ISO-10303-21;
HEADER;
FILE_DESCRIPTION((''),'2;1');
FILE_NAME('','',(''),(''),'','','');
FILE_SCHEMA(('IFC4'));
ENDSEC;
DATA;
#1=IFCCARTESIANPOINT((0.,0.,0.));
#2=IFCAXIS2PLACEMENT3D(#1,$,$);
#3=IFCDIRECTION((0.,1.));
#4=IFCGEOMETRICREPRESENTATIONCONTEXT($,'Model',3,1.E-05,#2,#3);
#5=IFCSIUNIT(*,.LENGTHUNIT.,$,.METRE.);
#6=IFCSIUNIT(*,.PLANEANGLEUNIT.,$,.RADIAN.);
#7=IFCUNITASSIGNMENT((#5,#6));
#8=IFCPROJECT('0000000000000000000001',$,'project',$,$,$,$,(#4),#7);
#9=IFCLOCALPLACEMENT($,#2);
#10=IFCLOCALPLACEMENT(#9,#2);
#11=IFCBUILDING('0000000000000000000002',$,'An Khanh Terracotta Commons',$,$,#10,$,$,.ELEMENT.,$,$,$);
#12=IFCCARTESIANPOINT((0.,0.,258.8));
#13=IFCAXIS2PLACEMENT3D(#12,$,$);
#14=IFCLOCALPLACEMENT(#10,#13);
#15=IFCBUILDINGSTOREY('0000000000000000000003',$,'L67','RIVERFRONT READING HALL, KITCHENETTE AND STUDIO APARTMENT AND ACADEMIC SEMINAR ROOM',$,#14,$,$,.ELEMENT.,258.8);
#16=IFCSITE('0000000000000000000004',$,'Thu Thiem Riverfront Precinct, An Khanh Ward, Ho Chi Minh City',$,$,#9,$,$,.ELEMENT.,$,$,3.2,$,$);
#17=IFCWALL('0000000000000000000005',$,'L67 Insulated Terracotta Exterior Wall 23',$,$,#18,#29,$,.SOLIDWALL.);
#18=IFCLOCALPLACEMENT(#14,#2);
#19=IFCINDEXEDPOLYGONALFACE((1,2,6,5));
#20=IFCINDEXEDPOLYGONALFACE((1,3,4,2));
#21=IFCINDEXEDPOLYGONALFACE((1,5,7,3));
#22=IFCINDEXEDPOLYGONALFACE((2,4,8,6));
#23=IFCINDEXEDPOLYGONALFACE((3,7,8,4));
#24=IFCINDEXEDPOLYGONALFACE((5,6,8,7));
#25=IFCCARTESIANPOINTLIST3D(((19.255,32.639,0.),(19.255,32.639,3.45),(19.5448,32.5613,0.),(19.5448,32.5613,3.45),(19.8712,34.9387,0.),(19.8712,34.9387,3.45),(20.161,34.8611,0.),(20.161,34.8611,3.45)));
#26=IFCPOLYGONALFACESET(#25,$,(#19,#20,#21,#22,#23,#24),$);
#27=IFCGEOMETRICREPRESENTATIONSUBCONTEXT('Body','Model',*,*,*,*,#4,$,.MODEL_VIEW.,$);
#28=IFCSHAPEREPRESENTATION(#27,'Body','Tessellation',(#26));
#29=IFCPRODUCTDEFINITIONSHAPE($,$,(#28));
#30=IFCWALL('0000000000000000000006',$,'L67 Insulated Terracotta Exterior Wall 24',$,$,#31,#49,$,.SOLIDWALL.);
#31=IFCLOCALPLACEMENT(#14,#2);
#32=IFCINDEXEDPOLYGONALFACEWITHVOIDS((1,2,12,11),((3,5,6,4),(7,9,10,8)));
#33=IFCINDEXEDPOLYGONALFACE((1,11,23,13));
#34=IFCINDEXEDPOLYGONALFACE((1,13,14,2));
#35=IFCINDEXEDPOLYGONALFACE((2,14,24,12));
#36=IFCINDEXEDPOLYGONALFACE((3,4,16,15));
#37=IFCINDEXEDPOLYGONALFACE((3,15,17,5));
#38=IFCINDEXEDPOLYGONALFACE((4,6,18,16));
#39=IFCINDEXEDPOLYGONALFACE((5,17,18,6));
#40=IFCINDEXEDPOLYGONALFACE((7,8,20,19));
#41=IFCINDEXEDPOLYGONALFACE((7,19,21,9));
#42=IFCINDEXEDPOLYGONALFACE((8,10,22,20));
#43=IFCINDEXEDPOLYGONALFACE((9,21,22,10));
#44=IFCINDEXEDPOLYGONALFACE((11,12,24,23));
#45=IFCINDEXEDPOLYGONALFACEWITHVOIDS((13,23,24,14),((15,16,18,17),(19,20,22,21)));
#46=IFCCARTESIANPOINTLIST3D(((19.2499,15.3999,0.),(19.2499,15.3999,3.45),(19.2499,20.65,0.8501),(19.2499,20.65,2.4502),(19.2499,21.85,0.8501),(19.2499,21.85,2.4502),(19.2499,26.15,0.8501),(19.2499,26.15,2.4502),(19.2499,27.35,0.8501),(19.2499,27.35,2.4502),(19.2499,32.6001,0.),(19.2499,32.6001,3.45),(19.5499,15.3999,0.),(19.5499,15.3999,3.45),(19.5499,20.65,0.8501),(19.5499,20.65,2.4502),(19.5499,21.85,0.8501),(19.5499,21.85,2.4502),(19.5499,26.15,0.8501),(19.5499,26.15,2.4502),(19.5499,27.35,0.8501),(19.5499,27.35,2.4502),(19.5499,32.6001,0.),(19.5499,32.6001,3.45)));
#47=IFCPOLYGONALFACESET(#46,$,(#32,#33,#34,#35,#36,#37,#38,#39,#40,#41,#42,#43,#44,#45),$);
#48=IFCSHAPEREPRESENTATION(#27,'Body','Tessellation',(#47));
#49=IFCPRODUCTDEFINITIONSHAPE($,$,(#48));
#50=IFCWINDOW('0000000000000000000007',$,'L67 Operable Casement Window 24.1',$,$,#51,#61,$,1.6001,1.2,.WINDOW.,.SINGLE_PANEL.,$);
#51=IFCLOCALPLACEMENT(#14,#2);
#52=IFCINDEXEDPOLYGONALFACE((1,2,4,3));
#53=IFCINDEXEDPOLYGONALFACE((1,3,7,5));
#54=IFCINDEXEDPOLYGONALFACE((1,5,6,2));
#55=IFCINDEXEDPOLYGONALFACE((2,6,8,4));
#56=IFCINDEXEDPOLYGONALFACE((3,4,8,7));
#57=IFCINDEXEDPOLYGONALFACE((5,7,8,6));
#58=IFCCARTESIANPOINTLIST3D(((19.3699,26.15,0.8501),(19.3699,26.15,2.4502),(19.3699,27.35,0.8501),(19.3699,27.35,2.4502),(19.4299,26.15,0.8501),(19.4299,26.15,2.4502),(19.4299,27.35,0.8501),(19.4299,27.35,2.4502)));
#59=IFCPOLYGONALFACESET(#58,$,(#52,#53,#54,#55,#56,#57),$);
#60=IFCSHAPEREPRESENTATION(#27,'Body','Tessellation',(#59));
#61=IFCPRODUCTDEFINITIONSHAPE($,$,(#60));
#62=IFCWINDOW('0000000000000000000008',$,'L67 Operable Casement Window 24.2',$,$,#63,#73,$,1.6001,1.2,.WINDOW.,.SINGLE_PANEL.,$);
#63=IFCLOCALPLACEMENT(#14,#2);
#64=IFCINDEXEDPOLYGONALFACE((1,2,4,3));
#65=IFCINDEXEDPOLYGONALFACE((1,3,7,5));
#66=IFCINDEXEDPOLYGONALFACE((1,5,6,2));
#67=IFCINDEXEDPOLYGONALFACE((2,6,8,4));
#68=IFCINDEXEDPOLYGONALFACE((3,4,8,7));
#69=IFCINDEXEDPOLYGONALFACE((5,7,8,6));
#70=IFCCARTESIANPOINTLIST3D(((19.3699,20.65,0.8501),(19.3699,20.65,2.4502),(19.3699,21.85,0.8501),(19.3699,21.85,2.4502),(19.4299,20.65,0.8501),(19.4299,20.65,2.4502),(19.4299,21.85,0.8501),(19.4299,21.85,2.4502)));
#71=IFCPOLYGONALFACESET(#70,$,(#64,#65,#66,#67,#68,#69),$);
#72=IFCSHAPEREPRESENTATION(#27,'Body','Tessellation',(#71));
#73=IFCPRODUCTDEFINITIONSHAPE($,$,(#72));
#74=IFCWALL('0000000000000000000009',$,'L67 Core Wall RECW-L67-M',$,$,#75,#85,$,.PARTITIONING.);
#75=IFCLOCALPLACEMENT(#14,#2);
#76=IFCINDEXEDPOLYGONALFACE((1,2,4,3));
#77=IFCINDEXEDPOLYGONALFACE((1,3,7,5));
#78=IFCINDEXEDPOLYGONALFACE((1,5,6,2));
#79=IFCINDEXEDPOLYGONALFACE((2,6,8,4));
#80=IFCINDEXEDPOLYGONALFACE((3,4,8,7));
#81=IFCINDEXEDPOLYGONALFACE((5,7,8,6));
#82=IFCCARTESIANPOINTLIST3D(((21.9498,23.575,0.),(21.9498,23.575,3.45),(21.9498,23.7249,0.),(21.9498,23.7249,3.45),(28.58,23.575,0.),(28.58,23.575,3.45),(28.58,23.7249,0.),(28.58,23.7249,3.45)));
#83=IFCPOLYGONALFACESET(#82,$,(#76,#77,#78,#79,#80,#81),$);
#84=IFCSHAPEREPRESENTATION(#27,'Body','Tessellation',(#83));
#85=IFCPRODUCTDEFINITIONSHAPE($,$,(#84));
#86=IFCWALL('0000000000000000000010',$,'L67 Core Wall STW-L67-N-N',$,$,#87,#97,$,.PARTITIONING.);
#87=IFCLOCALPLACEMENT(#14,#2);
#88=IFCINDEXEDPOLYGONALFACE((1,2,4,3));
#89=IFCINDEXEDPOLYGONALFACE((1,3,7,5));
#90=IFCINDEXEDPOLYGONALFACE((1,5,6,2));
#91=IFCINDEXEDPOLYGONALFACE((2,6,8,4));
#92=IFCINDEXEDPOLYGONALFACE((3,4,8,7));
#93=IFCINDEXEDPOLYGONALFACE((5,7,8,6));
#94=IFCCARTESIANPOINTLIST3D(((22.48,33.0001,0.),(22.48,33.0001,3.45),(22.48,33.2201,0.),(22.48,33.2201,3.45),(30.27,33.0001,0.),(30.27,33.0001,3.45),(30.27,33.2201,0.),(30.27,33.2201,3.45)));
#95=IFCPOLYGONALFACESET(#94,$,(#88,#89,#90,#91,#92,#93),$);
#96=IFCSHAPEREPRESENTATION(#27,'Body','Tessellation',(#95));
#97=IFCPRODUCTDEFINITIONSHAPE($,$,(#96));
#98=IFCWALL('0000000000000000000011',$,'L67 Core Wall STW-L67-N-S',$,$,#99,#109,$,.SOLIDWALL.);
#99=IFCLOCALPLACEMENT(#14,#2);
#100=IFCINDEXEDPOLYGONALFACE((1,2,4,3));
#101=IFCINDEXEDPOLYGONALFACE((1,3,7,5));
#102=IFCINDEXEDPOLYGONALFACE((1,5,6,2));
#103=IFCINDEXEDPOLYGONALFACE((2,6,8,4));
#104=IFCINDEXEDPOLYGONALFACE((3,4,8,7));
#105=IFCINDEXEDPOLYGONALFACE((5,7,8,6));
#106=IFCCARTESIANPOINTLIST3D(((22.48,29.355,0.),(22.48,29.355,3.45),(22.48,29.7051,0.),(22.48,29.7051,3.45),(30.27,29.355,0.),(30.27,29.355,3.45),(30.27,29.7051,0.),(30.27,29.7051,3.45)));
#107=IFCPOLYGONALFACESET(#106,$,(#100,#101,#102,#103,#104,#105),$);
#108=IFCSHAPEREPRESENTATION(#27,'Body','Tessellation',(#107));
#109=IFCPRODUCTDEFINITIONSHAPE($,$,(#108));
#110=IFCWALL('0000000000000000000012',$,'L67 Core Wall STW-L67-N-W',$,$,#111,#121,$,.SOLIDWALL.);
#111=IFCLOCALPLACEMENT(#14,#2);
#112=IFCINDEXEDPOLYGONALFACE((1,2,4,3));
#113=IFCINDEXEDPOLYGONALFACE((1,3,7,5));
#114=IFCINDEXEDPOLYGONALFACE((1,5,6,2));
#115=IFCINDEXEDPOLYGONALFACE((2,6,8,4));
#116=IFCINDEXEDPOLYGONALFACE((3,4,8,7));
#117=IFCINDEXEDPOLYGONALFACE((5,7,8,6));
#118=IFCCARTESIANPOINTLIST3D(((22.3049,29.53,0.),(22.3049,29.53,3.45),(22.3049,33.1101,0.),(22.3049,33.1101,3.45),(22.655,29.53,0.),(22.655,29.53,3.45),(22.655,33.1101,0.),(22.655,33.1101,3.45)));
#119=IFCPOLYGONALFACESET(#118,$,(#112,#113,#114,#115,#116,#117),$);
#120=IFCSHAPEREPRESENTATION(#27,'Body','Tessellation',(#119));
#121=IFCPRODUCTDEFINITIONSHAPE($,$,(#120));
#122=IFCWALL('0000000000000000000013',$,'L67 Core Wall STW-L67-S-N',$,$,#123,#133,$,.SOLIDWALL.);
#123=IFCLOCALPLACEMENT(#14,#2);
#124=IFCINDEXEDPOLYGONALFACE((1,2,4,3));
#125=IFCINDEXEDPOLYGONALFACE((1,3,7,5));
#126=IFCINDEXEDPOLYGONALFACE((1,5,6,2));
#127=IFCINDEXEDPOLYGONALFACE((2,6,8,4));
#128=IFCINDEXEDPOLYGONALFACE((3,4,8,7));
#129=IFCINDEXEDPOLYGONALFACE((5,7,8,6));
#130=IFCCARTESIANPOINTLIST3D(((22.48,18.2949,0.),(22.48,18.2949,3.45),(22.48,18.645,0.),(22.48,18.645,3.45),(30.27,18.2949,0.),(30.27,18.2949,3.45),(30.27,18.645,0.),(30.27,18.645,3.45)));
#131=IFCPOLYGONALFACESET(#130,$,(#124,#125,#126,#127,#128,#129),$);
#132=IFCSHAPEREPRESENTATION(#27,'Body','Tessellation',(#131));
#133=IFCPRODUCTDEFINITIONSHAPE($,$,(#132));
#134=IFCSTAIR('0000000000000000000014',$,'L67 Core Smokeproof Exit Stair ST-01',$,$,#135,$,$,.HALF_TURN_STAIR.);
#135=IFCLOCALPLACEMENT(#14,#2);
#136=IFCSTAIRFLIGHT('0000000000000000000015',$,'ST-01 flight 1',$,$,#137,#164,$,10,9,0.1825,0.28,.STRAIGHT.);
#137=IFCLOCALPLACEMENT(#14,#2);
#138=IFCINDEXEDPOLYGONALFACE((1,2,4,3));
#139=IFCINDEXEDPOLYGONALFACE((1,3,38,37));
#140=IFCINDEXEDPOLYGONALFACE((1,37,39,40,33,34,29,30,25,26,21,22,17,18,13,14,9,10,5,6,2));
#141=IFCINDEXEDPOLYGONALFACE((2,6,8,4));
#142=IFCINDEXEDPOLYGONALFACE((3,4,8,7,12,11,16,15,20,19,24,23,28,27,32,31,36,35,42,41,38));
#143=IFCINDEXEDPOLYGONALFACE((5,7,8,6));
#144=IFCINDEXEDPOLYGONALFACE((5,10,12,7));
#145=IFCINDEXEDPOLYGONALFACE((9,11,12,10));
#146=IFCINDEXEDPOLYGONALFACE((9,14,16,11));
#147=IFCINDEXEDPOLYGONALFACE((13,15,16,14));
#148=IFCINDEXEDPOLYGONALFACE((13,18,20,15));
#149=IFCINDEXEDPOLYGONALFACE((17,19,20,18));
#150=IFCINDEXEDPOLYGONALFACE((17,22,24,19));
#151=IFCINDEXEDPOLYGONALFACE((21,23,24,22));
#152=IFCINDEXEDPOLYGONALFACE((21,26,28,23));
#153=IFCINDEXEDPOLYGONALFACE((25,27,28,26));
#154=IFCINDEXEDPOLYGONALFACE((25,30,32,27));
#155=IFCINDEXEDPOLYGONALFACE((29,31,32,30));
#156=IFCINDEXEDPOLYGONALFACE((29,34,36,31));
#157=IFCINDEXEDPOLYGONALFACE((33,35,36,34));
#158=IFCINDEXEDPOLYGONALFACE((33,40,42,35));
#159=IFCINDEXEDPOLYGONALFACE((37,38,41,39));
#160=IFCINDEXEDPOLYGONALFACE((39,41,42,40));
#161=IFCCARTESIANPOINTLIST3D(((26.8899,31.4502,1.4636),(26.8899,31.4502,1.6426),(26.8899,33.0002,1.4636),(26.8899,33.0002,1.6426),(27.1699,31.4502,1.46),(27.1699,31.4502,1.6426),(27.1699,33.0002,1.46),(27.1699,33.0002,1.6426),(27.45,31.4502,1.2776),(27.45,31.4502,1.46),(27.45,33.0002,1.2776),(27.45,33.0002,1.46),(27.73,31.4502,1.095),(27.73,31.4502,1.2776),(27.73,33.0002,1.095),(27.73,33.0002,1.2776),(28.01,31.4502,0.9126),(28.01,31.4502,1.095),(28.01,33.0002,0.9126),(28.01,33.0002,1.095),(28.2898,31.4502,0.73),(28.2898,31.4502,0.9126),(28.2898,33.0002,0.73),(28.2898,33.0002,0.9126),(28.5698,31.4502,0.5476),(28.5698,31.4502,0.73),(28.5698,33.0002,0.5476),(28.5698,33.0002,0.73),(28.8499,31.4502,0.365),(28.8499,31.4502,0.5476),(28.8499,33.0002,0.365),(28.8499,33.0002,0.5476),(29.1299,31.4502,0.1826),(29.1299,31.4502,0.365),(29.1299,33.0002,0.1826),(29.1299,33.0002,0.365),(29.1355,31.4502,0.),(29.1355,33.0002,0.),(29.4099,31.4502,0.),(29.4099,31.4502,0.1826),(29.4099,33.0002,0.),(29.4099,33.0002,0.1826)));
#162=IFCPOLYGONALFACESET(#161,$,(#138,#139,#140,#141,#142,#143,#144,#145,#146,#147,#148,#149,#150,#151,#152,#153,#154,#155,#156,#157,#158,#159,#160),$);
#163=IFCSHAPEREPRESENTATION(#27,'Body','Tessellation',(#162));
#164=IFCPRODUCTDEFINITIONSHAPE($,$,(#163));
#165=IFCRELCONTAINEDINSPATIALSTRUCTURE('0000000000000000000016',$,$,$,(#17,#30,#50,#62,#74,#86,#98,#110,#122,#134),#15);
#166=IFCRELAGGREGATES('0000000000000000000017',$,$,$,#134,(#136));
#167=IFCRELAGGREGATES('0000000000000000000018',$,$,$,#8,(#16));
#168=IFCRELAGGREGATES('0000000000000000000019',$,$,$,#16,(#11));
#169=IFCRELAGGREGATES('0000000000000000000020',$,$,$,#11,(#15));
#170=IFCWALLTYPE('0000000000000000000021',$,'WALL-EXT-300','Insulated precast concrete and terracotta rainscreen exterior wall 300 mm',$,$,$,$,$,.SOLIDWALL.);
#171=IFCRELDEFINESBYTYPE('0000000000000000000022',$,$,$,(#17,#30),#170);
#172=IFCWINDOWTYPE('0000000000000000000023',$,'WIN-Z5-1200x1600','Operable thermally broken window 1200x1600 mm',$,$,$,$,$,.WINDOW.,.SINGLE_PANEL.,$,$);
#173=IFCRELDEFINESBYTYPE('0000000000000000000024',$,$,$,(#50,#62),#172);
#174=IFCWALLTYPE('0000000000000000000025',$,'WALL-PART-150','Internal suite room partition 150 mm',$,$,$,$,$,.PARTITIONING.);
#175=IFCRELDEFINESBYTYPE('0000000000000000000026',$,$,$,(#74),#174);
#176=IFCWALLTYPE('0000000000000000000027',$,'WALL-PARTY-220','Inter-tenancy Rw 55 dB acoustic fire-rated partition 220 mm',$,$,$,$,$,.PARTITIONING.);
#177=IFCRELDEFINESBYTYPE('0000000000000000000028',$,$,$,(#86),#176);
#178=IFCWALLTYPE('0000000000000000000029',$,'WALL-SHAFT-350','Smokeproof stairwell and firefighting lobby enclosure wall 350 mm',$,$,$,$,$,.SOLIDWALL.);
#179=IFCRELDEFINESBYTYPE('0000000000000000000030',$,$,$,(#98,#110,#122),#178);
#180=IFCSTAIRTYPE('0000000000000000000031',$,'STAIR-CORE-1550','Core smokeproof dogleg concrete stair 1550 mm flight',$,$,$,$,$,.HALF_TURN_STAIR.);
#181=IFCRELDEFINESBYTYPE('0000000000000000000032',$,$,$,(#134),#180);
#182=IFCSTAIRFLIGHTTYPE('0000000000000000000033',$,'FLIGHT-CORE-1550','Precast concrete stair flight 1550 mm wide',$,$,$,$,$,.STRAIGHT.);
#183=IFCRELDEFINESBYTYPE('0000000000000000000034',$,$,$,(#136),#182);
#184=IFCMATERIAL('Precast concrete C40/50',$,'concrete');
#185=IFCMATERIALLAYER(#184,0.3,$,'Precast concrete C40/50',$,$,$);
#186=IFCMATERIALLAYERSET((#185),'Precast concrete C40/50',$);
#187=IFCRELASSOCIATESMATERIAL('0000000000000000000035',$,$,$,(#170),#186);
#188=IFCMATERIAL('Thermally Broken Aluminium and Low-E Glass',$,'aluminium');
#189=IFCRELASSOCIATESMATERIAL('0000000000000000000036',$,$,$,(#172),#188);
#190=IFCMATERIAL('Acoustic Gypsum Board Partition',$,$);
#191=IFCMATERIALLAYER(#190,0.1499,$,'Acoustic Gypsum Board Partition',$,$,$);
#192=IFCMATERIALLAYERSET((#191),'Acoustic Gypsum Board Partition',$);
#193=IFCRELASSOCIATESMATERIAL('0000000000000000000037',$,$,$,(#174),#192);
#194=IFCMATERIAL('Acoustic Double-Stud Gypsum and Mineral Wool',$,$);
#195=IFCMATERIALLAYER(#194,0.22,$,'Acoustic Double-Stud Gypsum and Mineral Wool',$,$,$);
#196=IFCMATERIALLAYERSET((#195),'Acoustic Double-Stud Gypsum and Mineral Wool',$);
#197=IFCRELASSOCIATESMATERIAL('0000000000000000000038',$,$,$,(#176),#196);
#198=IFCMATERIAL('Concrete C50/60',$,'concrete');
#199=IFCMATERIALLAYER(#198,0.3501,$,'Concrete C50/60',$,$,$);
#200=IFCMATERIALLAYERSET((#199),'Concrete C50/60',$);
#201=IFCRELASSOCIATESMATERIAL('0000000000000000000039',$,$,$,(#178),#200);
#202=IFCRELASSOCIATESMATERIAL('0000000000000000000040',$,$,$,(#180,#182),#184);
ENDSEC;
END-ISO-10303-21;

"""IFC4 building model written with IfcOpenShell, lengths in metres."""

from ifc_helpers import new_model, si_unit, direction, frame, frame_2d, origin, place, context, subcontext, project, spatial, polyline, rectangle, outline, extrude, material, layer, layer_set, type_object, element, fill, aggregate, save


model = new_model("IFC4")

# Units and contexts
model_context = context("Model", 3, precision=1e-05, world=origin(), true_north=direction((0.0, 1.0)))
body_context = subcontext(model_context, "Body", "Model", "MODEL_VIEW")
ifc_project = project(units=[si_unit("LENGTHUNIT", "METRE"), si_unit("PLANEANGLEUNIT", "RADIAN")], contexts=[model_context])

# Site, building, storey
site_placement = place(None, origin())
site = spatial("IfcSite", under=ifc_project, at=site_placement, Name="Thu Thiem Riverfront Precinct, An Khanh Ward, Ho Chi Minh City", CompositionType="ELEMENT", RefElevation=3.2)
building_placement = place(site_placement, origin())
building = spatial("IfcBuilding", under=site, at=building_placement, Name="An Khanh Terracotta Commons", CompositionType="ELEMENT")
storey_placement = place(building_placement, frame((0.0, 0.0, 258.8)))
storey = spatial("IfcBuildingStorey", under=building, at=storey_placement, Name="L67", Description="RIVERFRONT READING HALL, KITCHENETTE AND STUDIO APARTMENT AND ACADEMIC SEMINAR ROOM", CompositionType="ELEMENT", Elevation=258.8)

# Shared definitions
ifc_material_1 = material(Name="Concrete C50/60", Category="concrete")

# Wall
ifc_material_2 = material(Name="Precast concrete C40/50", Category="concrete")
ifc_layer_1 = layer(ifc_material_2, 0.3, Name="Precast concrete C40/50")
ifc_layer_set_1 = layer_set([ifc_layer_1], Name="Precast concrete C40/50")
wall_type_1 = type_object("IfcWallType", Name="WALL-EXT-300", Description="Insulated precast concrete and terracotta rainscreen exterior wall 300 mm", PredefinedType="SOLIDWALL", material=ifc_layer_set_1)
wall_1_placement = place(storey_placement, frame((20.0161, 34.8999, 0.0), z_axis=(0.0, 0.0, 1.0), x_axis=(-0.258811, -0.965928, 0.0)))
element("IfcWall", 1, at=wall_1_placement, inside=storey, type_object=wall_type_1, Name="L67 Insulated Terracotta Exterior Wall 23", PredefinedType="SOLIDWALL", context=body_context, shape_type="SweptSolid", body=[
    extrude(rectangle(XDim=2.3809, YDim=0.3, at=frame_2d((1.1904, 0.0))), origin(), (0.0, 0.0, 1.0), 3.45),
])

# Wall, openings, windows
wall_2_placement = place(storey_placement, frame((19.3999, 32.6001, 0.0), z_axis=(0.0, 0.0, 1.0), x_axis=(0.0, -1.0, 0.0)))
wall_2 = element("IfcWall", 2, at=wall_2_placement, inside=storey, type_object=wall_type_1, Name="L67 Insulated Terracotta Exterior Wall 24", PredefinedType="SOLIDWALL", context=body_context, shape_type="SweptSolid", body=[
    extrude(rectangle(XDim=17.2002, YDim=0.3, at=frame_2d((8.6001, 0.0))), origin(), (0.0, 0.0, 1.0), 3.45),
])
opening_1_placement = place(wall_2_placement, frame((5.25, 0.0, 0.8501)))
opening_1 = element("IfcOpeningElement", 3, at=opening_1_placement, cuts=wall_2, PredefinedType="OPENING", context=body_context, shape_type="SweptSolid", body=[
    extrude(rectangle(XDim=1.2, YDim=1.6001, at=frame_2d((0.6001, 0.8))), frame((0.0, 0.1599, 0.0), z_axis=(0.0, -1.0, 0.0), x_axis=(1.0, 0.0, 0.0)), (0.0, 0.0, 1.0), 0.3201),
])
opening_2_placement = place(wall_2_placement, frame((10.75, 0.0, 0.8501)))
opening_2 = element("IfcOpeningElement", 4, at=opening_2_placement, cuts=wall_2, PredefinedType="OPENING", context=body_context, shape_type="SweptSolid", body=[
    extrude(rectangle(XDim=1.2, YDim=1.6001, at=frame_2d((0.6001, 0.8))), frame((0.0, 0.1599, 0.0), z_axis=(0.0, -1.0, 0.0), x_axis=(1.0, 0.0, 0.0)), (0.0, 0.0, 1.0), 0.3201),
])
ifc_material_3 = material(Name="Thermally Broken Aluminium and Low-E Glass", Category="aluminium")
window_type = type_object("IfcWindowType", Name="WIN-Z5-1200x1600", Description="Operable thermally broken window 1200x1600 mm", PartitioningType="SINGLE_PANEL", PredefinedType="WINDOW", material=ifc_material_3)
window_1_placement = place(opening_1_placement, origin())
window_1 = element("IfcWindow", 5, at=window_1_placement, inside=storey, type_object=window_type, Name="L67 Operable Casement Window 24.1", OverallHeight=1.6001, OverallWidth=1.2, PartitioningType="SINGLE_PANEL", PredefinedType="WINDOW", context=body_context, shape_type="SweptSolid", body=[
    extrude(rectangle(XDim=1.2, YDim=1.6001, at=frame_2d((0.6001, 0.8))), frame((0.0, 0.03, 0.0), z_axis=(0.0, -1.0, 0.0), x_axis=(1.0, 0.0, 0.0)), (0.0, 0.0, 1.0), 0.0601),
])
fill(opening_1, window_1)
window_2_placement = place(opening_2_placement, origin())
window_2 = element("IfcWindow", 6, at=window_2_placement, inside=storey, type_object=window_type, Name="L67 Operable Casement Window 24.2", OverallHeight=1.6001, OverallWidth=1.2, PartitioningType="SINGLE_PANEL", PredefinedType="WINDOW", context=body_context, shape_type="SweptSolid", body=[
    extrude(rectangle(XDim=1.2, YDim=1.6001, at=frame_2d((0.6001, 0.8))), frame((0.0, 0.03, 0.0), z_axis=(0.0, -1.0, 0.0), x_axis=(1.0, 0.0, 0.0)), (0.0, 0.0, 1.0), 0.0601),
])
fill(opening_2, window_2)

# Walls
ifc_material_4 = material(Name="Acoustic Gypsum Board Partition")
ifc_layer_2 = layer(ifc_material_4, 0.1499, Name="Acoustic Gypsum Board Partition")
ifc_layer_set_2 = layer_set([ifc_layer_2], Name="Acoustic Gypsum Board Partition")
wall_type_2 = type_object("IfcWallType", Name="WALL-PART-150", Description="Internal suite room partition 150 mm", PredefinedType="PARTITIONING", material=ifc_layer_set_2)
wall_3_placement = place(storey_placement, frame((21.95, 23.6499, 0.0), z_axis=(0.0, 0.0, 1.0), x_axis=(1.0, 0.0, 0.0)))
element("IfcWall", 7, at=wall_3_placement, inside=storey, type_object=wall_type_2, Name="L67 Core Wall RECW-L67-M", PredefinedType="PARTITIONING", context=body_context, shape_type="SweptSolid", body=[
    extrude(rectangle(XDim=6.6301, YDim=0.1499, at=frame_2d((3.3149, 0.0))), origin(), (0.0, 0.0, 1.0), 3.45),
])
ifc_material_5 = material(Name="Acoustic Double-Stud Gypsum and Mineral Wool")
ifc_layer_3 = layer(ifc_material_5, 0.22, Name="Acoustic Double-Stud Gypsum and Mineral Wool")
ifc_layer_set_3 = layer_set([ifc_layer_3], Name="Acoustic Double-Stud Gypsum and Mineral Wool")
wall_type_3 = type_object("IfcWallType", Name="WALL-PARTY-220", Description="Inter-tenancy Rw 55 dB acoustic fire-rated partition 220 mm", PredefinedType="PARTITIONING", material=ifc_layer_set_3)
wall_4_placement = place(storey_placement, frame((22.48, 33.1101, 0.0), z_axis=(0.0, 0.0, 1.0), x_axis=(1.0, 0.0, 0.0)))
element("IfcWall", 8, at=wall_4_placement, inside=storey, type_object=wall_type_3, Name="L67 Core Wall STW-L67-N-N", PredefinedType="PARTITIONING", context=body_context, shape_type="SweptSolid", body=[
    extrude(rectangle(XDim=7.79, YDim=0.22, at=frame_2d((3.895, 0.0))), origin(), (0.0, 0.0, 1.0), 3.45),
])
ifc_layer_4 = layer(ifc_material_1, 0.3501, Name="Concrete C50/60")
ifc_layer_set_4 = layer_set([ifc_layer_4], Name="Concrete C50/60")
wall_type_4 = type_object("IfcWallType", Name="WALL-SHAFT-350", Description="Smokeproof stairwell and firefighting lobby enclosure wall 350 mm", PredefinedType="SOLIDWALL", material=ifc_layer_set_4)
wall_5_placement = place(storey_placement, frame((22.48, 29.53, 0.0), z_axis=(0.0, 0.0, 1.0), x_axis=(1.0, 0.0, 0.0)))
element("IfcWall", 9, at=wall_5_placement, inside=storey, type_object=wall_type_4, Name="L67 Core Wall STW-L67-N-S", PredefinedType="SOLIDWALL", context=body_context, shape_type="SweptSolid", body=[
    extrude(rectangle(XDim=7.79, YDim=0.3501, at=frame_2d((3.895, 0.0))), origin(), (0.0, 0.0, 1.0), 3.45),
])
wall_6_placement = place(storey_placement, frame((22.48, 29.53, 0.0), z_axis=(0.0, 0.0, 1.0), x_axis=(0.0, 1.0, 0.0)))
element("IfcWall", 10, at=wall_6_placement, inside=storey, type_object=wall_type_4, Name="L67 Core Wall STW-L67-N-W", PredefinedType="SOLIDWALL", context=body_context, shape_type="SweptSolid", body=[
    extrude(rectangle(XDim=3.5801, YDim=0.3501, at=frame_2d((1.79, 0.0))), origin(), (0.0, 0.0, 1.0), 3.45),
])
wall_7_placement = place(storey_placement, frame((22.48, 18.47, 0.0), z_axis=(0.0, 0.0, 1.0), x_axis=(1.0, 0.0, 0.0)))
element("IfcWall", 11, at=wall_7_placement, inside=storey, type_object=wall_type_4, Name="L67 Core Wall STW-L67-S-N", PredefinedType="SOLIDWALL", context=body_context, shape_type="SweptSolid", body=[
    extrude(rectangle(XDim=7.79, YDim=0.3501, at=frame_2d((3.895, 0.0))), origin(), (0.0, 0.0, 1.0), 3.45),
])

# Stair, stair flight
stair_type = type_object("IfcStairType", Name="STAIR-CORE-1550", Description="Core smokeproof dogleg concrete stair 1550 mm flight", PredefinedType="HALF_TURN_STAIR", material=ifc_material_2)
stair_1_placement = place(storey_placement, origin())
stair_1 = element("IfcStair", 12, at=stair_1_placement, inside=storey, type_object=stair_type, Name="L67 Core Smokeproof Exit Stair ST-01", PredefinedType="HALF_TURN_STAIR")
stair_flight_type = type_object("IfcStairFlightType", Name="FLIGHT-CORE-1550", Description="Precast concrete stair flight 1550 mm wide", PredefinedType="STRAIGHT", material=ifc_material_2)
stair_flight_1_placement = place(storey_placement, frame((29.4099, 32.2251, 0.0), z_axis=(0.0, 0.0, 1.0), x_axis=(-1.0, 0.0, 0.0)))
stair_flight_1 = element("IfcStairFlight", 13, at=stair_flight_1_placement, type_object=stair_flight_type, Name="ST-01 flight 1", NumberOfRisers=10, NumberOfTreads=9, PredefinedType="STRAIGHT", RiserHeight=0.1825, TreadLength=0.28, context=body_context, shape_type="SweptSolid", body=[
    extrude(outline(polyline([(0.0, 0.0), (0.0, 0.1826), (0.28, 0.1826), (0.28, 0.365), (0.5601, 0.365), (0.5601, 0.5476), (0.8401, 0.5476), (0.8401, 0.73), (1.1201, 0.73), (1.1201, 0.9126), (1.3999, 0.9126), (1.3999, 1.095), (1.6799, 1.095), (1.6799, 1.2776), (1.96, 1.2776), (1.96, 1.46), (2.24, 1.46), (2.24, 1.6426), (2.52, 1.6426), (2.52, 1.825), (2.52, 1.4636), (0.2744, 0.0), (0.0, 0.0)])), frame((0.0, 0.7749, 0.0), z_axis=(0.0, -1.0, 0.0), x_axis=(1.0, 0.0, 0.0)), (0.0, 0.0, 1.0), 1.55),
])
aggregate(stair_1, [stair_flight_1])

save(model, "model.ifc")
